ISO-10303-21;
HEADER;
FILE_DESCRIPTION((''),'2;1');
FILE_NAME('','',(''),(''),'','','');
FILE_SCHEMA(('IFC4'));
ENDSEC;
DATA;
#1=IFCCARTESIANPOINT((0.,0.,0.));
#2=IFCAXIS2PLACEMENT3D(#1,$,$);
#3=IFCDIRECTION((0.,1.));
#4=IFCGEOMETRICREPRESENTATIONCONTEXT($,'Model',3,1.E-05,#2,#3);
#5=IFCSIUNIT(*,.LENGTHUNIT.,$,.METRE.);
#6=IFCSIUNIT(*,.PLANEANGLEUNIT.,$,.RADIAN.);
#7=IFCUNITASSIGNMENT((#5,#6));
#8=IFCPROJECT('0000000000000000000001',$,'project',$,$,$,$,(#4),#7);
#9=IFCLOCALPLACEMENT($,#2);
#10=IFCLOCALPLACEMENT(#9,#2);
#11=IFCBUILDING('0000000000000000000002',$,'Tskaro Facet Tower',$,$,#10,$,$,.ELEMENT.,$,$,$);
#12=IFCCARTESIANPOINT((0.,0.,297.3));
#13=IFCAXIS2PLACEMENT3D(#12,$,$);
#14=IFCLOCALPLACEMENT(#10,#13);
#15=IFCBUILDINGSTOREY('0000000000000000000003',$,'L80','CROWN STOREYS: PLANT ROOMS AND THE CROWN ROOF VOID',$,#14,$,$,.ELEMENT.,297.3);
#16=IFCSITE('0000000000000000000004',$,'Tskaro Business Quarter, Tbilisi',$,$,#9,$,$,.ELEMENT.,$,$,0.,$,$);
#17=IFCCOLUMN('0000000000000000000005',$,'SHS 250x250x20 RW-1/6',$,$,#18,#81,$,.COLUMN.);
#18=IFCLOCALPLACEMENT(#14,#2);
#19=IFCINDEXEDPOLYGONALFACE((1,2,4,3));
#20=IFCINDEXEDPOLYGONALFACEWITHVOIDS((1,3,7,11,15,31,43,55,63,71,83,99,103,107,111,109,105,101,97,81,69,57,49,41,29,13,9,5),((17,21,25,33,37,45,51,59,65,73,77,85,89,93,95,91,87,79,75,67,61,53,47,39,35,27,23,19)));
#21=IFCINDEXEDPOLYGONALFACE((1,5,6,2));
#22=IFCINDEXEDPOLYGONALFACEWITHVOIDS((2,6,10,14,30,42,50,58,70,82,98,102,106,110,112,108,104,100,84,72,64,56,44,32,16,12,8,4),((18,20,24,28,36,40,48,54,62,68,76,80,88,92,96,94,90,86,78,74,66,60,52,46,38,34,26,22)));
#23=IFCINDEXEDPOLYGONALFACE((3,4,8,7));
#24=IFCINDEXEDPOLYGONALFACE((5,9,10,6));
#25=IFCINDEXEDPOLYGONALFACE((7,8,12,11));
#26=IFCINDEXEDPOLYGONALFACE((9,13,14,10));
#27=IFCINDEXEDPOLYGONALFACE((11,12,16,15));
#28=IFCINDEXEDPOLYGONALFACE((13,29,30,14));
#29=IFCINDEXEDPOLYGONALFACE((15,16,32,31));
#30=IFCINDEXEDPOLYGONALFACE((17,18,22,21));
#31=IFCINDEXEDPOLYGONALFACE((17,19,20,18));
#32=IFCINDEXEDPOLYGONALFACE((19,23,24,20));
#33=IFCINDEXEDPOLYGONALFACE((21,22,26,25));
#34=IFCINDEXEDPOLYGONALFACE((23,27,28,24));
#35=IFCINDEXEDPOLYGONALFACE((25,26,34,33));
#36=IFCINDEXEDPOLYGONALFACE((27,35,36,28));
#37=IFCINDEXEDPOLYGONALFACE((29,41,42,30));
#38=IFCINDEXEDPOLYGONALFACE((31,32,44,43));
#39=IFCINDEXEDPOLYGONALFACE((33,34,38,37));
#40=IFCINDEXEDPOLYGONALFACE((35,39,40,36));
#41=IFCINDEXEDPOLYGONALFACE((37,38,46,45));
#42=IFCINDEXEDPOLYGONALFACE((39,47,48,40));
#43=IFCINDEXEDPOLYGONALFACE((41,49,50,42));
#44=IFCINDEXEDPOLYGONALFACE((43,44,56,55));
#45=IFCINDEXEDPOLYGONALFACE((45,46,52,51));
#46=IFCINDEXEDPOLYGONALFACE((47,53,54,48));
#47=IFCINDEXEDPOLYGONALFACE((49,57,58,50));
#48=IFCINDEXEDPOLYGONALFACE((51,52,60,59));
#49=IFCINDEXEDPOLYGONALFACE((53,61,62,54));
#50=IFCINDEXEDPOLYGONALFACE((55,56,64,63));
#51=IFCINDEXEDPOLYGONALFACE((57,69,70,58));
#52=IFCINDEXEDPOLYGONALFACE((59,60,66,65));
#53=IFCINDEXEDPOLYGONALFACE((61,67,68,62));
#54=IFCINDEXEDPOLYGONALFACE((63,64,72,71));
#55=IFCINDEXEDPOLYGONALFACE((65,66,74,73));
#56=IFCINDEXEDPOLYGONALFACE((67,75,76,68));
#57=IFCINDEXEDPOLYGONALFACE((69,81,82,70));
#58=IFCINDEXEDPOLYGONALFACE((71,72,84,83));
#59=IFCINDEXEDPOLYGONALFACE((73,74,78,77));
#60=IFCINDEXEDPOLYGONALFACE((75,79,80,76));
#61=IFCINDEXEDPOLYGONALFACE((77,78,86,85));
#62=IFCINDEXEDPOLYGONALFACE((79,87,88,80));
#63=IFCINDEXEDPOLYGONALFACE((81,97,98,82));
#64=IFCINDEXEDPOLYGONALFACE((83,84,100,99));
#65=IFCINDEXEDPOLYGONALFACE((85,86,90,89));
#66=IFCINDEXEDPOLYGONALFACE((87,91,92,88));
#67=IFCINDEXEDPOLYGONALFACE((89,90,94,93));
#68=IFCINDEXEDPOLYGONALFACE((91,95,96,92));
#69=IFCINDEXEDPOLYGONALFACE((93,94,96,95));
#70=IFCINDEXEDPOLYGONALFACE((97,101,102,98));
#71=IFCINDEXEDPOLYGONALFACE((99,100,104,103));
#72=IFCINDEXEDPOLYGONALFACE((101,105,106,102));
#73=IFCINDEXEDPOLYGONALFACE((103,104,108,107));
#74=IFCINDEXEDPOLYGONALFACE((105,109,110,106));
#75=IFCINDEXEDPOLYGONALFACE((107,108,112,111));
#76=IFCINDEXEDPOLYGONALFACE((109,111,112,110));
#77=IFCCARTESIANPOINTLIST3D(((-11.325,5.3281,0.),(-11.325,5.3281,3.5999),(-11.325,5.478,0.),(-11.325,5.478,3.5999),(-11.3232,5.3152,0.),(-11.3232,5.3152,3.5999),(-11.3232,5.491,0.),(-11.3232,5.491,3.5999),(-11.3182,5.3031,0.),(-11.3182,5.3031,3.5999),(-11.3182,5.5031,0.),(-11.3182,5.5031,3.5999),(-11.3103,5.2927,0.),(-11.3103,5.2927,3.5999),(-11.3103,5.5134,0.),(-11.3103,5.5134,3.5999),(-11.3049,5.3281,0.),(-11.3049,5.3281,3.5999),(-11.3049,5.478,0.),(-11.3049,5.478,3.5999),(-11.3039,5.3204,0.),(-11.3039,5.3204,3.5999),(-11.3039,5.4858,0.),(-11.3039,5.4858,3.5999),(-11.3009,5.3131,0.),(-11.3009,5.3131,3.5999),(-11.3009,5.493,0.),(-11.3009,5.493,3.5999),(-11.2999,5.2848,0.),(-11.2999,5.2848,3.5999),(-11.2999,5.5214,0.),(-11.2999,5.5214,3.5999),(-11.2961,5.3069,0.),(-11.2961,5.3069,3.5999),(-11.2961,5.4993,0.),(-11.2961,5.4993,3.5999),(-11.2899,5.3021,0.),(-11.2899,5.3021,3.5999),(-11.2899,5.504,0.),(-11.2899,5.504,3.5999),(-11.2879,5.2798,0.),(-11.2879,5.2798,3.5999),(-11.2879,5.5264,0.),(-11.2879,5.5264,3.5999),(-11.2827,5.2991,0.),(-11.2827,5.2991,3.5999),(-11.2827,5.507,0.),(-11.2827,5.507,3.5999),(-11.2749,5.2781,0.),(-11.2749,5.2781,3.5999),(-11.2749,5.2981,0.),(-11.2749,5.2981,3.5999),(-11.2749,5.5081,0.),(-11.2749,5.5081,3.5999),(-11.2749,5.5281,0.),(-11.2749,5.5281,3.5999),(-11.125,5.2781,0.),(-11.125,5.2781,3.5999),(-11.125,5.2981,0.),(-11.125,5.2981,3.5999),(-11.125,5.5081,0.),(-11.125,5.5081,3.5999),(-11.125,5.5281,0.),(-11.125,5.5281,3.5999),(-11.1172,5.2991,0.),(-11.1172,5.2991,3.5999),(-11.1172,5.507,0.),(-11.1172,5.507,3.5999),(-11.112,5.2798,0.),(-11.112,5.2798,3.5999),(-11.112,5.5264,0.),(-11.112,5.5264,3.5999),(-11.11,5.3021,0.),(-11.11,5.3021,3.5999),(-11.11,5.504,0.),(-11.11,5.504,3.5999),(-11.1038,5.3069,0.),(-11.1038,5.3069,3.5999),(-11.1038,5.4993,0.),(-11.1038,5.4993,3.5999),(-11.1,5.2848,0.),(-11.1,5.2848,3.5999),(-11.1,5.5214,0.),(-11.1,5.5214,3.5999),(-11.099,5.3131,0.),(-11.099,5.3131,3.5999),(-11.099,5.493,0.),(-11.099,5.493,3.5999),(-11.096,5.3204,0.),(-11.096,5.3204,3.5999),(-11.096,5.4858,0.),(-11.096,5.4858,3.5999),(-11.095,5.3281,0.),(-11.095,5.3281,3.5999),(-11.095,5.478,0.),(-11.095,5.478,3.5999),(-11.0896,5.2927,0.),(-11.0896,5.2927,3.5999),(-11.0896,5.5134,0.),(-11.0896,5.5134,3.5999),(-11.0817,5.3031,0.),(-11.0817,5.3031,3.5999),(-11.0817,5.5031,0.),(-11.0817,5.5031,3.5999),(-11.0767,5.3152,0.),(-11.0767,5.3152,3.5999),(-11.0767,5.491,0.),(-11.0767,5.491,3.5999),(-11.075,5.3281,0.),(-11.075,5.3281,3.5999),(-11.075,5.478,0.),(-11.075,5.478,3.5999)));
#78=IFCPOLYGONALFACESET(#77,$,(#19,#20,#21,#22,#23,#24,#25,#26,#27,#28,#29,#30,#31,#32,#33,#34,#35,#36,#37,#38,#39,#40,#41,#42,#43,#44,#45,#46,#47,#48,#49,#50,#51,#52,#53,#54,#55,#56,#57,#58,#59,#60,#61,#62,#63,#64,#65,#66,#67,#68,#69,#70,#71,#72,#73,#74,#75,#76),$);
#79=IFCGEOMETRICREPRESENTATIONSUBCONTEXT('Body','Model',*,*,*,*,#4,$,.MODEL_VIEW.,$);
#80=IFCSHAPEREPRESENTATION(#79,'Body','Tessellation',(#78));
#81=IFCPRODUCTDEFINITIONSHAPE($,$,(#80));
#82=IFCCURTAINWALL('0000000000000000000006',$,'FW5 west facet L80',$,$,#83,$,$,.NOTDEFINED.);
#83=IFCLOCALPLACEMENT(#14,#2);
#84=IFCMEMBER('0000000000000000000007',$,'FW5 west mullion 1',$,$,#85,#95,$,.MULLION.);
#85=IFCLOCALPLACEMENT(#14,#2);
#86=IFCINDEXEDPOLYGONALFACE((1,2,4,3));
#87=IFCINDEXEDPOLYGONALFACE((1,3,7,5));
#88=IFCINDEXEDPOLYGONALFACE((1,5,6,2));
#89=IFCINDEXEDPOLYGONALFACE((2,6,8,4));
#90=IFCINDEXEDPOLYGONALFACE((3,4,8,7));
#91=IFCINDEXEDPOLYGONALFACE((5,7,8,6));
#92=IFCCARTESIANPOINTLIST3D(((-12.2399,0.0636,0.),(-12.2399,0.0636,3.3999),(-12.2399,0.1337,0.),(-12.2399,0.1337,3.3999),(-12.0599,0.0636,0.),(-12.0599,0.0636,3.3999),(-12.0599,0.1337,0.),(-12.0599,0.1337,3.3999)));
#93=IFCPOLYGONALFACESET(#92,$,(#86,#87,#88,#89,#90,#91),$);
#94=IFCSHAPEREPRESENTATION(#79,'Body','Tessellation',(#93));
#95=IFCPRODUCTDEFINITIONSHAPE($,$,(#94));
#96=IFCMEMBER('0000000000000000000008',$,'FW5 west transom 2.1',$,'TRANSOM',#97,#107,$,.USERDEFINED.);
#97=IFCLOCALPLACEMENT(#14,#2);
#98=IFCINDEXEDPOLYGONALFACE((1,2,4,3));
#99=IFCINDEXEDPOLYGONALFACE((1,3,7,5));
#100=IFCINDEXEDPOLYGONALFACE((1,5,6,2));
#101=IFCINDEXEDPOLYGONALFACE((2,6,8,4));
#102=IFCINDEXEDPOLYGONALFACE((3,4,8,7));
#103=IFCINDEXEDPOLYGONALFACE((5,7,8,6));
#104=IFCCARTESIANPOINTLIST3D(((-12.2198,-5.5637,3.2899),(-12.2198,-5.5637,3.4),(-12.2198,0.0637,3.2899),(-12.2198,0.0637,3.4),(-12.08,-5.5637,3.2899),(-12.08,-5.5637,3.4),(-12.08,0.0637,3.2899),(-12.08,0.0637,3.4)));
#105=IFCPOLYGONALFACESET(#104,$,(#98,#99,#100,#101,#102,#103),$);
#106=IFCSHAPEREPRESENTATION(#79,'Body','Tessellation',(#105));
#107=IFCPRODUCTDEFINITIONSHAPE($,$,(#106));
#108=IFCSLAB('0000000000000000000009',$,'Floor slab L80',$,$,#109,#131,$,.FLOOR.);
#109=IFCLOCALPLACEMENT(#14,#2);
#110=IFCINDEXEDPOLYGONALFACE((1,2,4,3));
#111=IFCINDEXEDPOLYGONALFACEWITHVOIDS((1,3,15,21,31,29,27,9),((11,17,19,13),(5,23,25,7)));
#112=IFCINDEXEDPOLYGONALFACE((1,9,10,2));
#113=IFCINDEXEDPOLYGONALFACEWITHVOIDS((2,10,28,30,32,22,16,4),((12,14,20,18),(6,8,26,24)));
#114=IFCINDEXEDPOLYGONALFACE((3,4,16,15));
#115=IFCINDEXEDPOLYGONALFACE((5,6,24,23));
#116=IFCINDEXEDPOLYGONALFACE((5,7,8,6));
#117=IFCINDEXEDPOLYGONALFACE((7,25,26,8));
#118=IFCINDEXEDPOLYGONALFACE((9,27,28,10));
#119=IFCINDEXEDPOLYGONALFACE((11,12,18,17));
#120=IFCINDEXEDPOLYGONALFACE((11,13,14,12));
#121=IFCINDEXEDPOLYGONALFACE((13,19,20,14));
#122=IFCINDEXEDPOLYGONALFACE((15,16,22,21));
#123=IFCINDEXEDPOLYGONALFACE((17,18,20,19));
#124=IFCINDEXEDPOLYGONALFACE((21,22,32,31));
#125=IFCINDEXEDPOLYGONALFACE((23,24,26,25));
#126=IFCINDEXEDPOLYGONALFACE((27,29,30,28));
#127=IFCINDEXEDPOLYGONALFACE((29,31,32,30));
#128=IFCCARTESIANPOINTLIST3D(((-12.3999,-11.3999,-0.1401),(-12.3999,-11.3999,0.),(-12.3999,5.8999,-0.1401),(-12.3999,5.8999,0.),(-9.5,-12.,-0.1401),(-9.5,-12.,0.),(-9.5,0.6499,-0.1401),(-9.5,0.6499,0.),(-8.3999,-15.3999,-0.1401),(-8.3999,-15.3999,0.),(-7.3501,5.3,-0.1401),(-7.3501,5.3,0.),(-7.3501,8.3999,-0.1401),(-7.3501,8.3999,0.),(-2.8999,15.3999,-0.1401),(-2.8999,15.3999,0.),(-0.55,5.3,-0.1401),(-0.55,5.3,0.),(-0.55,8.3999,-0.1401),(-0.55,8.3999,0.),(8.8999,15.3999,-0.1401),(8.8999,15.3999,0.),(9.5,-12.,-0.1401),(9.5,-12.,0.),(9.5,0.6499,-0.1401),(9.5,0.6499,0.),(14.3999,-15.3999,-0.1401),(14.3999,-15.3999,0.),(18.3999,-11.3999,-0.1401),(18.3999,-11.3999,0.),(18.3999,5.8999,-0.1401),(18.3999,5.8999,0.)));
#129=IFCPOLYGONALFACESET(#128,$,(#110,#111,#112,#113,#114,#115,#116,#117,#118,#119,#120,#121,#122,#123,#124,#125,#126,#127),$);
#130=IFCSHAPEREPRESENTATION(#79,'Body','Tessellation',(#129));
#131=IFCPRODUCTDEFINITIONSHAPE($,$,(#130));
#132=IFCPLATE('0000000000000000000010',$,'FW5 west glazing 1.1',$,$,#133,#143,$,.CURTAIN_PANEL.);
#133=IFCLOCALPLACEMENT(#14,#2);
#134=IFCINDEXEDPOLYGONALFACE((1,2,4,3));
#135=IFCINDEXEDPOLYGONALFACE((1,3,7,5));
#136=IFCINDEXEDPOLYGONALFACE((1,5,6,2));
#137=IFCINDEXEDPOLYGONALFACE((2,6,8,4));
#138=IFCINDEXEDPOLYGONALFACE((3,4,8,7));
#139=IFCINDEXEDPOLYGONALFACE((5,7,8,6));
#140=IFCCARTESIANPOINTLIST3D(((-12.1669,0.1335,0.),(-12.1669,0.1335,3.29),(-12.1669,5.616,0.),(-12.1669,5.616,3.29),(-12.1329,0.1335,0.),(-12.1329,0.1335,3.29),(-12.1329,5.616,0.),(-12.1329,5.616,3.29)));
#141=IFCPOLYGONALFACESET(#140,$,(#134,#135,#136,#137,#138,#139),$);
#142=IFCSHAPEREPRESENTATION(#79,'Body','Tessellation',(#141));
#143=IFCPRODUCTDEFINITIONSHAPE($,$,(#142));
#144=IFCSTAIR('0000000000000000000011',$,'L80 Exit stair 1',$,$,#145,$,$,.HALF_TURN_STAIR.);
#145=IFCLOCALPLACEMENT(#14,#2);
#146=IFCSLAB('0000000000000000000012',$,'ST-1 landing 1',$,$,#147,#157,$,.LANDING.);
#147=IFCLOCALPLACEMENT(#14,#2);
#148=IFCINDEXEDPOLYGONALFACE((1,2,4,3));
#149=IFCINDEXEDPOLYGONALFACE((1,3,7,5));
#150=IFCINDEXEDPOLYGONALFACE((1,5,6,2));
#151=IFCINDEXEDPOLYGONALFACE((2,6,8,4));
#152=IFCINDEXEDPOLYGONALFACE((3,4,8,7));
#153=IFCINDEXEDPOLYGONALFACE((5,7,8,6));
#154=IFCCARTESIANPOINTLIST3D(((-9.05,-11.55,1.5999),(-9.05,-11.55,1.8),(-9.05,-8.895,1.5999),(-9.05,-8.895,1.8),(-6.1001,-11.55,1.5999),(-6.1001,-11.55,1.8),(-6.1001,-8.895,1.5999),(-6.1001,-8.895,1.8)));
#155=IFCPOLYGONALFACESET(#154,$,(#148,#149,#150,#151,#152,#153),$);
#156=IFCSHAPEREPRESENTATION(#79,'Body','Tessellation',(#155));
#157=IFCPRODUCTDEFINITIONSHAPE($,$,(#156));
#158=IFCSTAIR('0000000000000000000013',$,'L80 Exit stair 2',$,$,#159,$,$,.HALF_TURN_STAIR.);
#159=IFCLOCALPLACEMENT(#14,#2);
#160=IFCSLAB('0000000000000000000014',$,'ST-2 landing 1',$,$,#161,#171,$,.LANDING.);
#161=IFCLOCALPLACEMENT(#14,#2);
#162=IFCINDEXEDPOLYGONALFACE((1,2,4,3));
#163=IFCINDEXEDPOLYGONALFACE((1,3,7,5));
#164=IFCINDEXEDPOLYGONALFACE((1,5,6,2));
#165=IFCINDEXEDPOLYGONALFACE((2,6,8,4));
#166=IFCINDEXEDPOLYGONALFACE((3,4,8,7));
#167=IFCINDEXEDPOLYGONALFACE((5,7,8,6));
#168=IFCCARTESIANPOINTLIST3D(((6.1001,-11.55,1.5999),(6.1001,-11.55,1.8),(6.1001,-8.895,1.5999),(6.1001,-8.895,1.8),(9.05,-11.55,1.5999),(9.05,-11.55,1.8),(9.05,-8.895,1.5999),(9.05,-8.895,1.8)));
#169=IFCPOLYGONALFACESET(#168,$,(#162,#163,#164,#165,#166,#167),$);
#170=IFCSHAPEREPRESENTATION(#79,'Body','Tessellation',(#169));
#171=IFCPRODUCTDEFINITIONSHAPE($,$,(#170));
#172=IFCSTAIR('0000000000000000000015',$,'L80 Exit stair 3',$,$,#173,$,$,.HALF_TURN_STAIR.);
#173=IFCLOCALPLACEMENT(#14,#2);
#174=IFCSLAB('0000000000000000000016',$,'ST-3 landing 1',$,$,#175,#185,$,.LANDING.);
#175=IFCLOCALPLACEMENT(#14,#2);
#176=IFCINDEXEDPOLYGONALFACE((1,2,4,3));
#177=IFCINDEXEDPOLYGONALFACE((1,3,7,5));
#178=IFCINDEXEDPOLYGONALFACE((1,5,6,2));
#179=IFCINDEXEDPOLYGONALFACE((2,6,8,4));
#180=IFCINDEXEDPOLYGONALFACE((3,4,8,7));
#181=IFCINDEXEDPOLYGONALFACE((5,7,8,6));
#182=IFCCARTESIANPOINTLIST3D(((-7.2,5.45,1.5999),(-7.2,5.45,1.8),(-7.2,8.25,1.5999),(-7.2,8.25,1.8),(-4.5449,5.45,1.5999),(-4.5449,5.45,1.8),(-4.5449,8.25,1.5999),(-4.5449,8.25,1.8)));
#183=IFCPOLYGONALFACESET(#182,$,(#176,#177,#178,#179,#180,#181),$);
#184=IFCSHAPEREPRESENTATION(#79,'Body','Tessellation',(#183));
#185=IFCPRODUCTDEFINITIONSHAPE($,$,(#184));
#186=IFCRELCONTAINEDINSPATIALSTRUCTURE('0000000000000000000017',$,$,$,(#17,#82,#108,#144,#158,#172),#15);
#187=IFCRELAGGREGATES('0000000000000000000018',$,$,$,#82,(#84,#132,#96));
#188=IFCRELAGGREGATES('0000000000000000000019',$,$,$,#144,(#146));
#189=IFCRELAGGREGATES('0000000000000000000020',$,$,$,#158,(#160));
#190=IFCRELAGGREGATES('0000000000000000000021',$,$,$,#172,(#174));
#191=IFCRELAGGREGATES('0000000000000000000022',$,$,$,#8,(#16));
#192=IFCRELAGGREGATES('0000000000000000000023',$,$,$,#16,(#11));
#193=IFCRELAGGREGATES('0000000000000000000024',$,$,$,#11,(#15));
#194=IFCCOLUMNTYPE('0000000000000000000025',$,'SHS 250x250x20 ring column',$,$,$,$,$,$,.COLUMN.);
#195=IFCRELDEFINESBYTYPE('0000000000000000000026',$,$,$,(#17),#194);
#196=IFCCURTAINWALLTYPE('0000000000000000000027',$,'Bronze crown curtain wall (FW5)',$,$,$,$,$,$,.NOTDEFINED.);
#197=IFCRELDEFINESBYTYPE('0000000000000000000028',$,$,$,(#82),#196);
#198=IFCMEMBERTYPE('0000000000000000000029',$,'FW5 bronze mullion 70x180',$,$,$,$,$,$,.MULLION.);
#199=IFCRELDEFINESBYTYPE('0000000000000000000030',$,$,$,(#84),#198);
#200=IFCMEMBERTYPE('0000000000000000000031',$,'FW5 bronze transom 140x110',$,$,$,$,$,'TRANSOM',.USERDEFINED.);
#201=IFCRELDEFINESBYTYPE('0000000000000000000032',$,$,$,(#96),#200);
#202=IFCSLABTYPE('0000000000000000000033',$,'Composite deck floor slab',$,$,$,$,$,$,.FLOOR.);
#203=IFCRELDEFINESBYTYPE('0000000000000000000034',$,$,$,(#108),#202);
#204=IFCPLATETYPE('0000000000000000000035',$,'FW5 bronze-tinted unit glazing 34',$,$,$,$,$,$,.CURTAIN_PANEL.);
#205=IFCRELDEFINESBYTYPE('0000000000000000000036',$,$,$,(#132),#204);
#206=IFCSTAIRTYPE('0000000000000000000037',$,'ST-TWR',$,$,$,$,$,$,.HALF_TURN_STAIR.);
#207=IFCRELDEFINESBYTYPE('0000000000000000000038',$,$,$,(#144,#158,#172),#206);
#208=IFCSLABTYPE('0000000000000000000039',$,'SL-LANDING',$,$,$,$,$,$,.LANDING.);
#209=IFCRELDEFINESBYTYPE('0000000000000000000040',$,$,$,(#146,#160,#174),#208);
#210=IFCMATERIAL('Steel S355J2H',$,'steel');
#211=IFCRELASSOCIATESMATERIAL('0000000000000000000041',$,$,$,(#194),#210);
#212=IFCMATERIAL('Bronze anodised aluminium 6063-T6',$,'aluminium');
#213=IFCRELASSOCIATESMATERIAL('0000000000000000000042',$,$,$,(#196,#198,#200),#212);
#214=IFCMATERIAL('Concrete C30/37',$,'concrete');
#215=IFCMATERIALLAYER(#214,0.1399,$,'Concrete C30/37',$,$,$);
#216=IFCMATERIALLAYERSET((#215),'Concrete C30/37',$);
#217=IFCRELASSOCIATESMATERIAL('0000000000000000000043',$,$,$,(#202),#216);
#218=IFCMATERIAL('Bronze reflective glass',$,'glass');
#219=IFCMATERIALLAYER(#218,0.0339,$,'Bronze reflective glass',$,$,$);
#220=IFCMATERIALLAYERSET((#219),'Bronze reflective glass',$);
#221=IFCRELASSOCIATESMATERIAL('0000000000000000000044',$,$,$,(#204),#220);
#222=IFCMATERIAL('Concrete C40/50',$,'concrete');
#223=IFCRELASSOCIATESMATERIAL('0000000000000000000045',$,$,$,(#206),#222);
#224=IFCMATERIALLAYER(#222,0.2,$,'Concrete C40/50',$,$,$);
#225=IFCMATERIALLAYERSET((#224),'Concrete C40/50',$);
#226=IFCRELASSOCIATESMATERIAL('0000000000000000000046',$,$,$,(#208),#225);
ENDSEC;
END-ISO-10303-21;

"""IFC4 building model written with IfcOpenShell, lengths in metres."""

from ifc_helpers import new_model, si_unit, direction, frame, origin, origin_2d, place, context, subcontext, project, spatial, polyline, rectangle, hollow_rectangle, outline, extrude, material, layer, layer_set, material_profile, profile_set, type_object, element, aggregate, save


model = new_model("IFC4")

# Units and contexts
model_context = context("Model", 3, precision=1e-05, world=origin(), true_north=direction((0.0, 1.0)))
body_context = subcontext(model_context, "Body", "Model", "MODEL_VIEW")
ifc_project = project(units=[si_unit("LENGTHUNIT", "METRE"), si_unit("PLANEANGLEUNIT", "RADIAN")], contexts=[model_context])

# Site, building, storey
site_placement = place(None, origin())
site = spatial("IfcSite", under=ifc_project, at=site_placement, Name="Tskaro Business Quarter, Tbilisi", CompositionType="ELEMENT", RefElevation=0.0)
building_placement = place(site_placement, origin())
building = spatial("IfcBuilding", under=site, at=building_placement, Name="Tskaro Facet Tower", CompositionType="ELEMENT")
storey_placement = place(building_placement, frame((0.0, 0.0, 297.3)))
storey = spatial("IfcBuildingStorey", under=building, at=storey_placement, Name="L80", Description="CROWN STOREYS: PLANT ROOMS AND THE CROWN ROOF VOID", CompositionType="ELEMENT", Elevation=297.3)

# Column
ifc_material_1 = material(Name="Steel S355J2H", Category="steel")
ifc_material_profile_1 = material_profile(ifc_material_1, hollow_rectangle(XDim=0.25, YDim=0.25, WallThickness=0.02, InnerFilletRadius=0.03, OuterFilletRadius=0.05, at=origin_2d()), Name="SHS 250x250x20")
ifc_profile_set_1 = profile_set([ifc_material_profile_1], Name="Steel S355J2H")
column_type = type_object("IfcColumnType", Name="SHS 250x250x20 ring column", PredefinedType="COLUMN", material=ifc_profile_set_1)
column_placement = place(storey_placement, frame((-11.2, 5.4031, 0.0), z_axis=(0.0, 0.0, 1.0), x_axis=(1.0, 0.0, 0.0)))
element("IfcColumn", 1, at=column_placement, inside=storey, type_object=column_type, Name="SHS 250x250x20 RW-1/6", PredefinedType="COLUMN", context=body_context, shape_type="SweptSolid", body=[
    extrude(hollow_rectangle(XDim=0.25, YDim=0.25, WallThickness=0.02, InnerFilletRadius=0.03, OuterFilletRadius=0.05, at=origin_2d()), origin(), (0.0, 0.0, 1.0), 3.5999),
])

# Curtain wall, members
ifc_material_2 = material(Name="Bronze anodised aluminium 6063-T6", Category="aluminium")
curtain_wall_type = type_object("IfcCurtainWallType", Name="Bronze crown curtain wall (FW5)", PredefinedType="NOTDEFINED", material=ifc_material_2)
curtain_wall_placement = place(storey_placement, origin())
curtain_wall = element("IfcCurtainWall", 2, at=curtain_wall_placement, inside=storey, type_object=curtain_wall_type, Name="FW5 west facet L80", PredefinedType="NOTDEFINED")
ifc_material_profile_2 = material_profile(ifc_material_2, rectangle(XDim=0.0701, YDim=0.1799, at=origin_2d()), Name="Mullion 70x180")
ifc_profile_set_2 = profile_set([ifc_material_profile_2], Name="Bronze anodised aluminium 6063-T6")
member_type_1 = type_object("IfcMemberType", Name="FW5 bronze mullion 70x180", PredefinedType="MULLION", material=ifc_profile_set_2)
member_1_placement = place(storey_placement, frame((-12.1499, 0.0986, 0.0), z_axis=(0.0, 0.0, 1.0), x_axis=(0.0, -1.0, 0.0)))
member_1 = element("IfcMember", 3, at=member_1_placement, type_object=member_type_1, Name="FW5 west mullion 1", PredefinedType="MULLION", context=body_context, shape_type="SweptSolid", body=[
    extrude(rectangle(XDim=0.0701, YDim=0.1799, at=origin_2d()), origin(), (0.0, 0.0, 1.0), 3.3999),
])
ifc_material_profile_3 = material_profile(ifc_material_2, rectangle(XDim=0.1399, YDim=0.1101, at=origin_2d()), Name="Transom 140x110")
ifc_profile_set_3 = profile_set([ifc_material_profile_3], Name="Bronze anodised aluminium 6063-T6")
member_type_2 = type_object("IfcMemberType", Name="FW5 bronze transom 140x110", ElementType="TRANSOM", PredefinedType="USERDEFINED", material=ifc_profile_set_3)
member_2_placement = place(storey_placement, frame((-12.1499, 0.0637, 3.345), z_axis=(0.0, -1.0, 0.0), x_axis=(1.0, 0.0, 0.0)))
member_2 = element("IfcMember", 4, at=member_2_placement, type_object=member_type_2, Name="FW5 west transom 2.1", ObjectType="TRANSOM", PredefinedType="USERDEFINED", context=body_context, shape_type="SweptSolid", body=[
    extrude(rectangle(XDim=0.1399, YDim=0.1101, at=origin_2d()), origin(), (0.0, 0.0, 1.0), 5.6274),
])

# Slab
ifc_material_3 = material(Name="Concrete C30/37", Category="concrete")
ifc_layer_1 = layer(ifc_material_3, 0.1399, Name="Concrete C30/37")
ifc_layer_set_1 = layer_set([ifc_layer_1], Name="Concrete C30/37")
slab_type_1 = type_object("IfcSlabType", Name="Composite deck floor slab", PredefinedType="FLOOR", material=ifc_layer_set_1)
slab_1_placement = place(storey_placement, frame((0.0, 0.0, -0.1401)))
element("IfcSlab", 5, at=slab_1_placement, inside=storey, type_object=slab_type_1, Name="Floor slab L80", PredefinedType="FLOOR", context=body_context, shape_type="SweptSolid", body=[
    extrude(outline(polyline([(-12.3999, 5.8999), (-2.8999, 15.3999), (8.8999, 15.3999), (18.3999, 5.8999), (18.3999, -11.3999), (14.3999, -15.3999), (-8.3999, -15.3999), (-12.3999, -11.3999), (-12.3999, 5.8999)]), holes=[polyline([(9.5, 0.6499), (-9.5, 0.6499), (-9.5, -12.0), (9.5, -12.0), (9.5, 0.6499)]), polyline([(-0.55, 5.3), (-0.55, 8.3999), (-7.3501, 8.3999), (-7.3501, 5.3), (-0.55, 5.3)])]), origin(), (0.0, 0.0, 1.0), 0.1401),
])

# Plate
ifc_material_4 = material(Name="Bronze reflective glass", Category="glass")
ifc_layer_2 = layer(ifc_material_4, 0.0339, Name="Bronze reflective glass")
ifc_layer_set_2 = layer_set([ifc_layer_2], Name="Bronze reflective glass")
plate_type = type_object("IfcPlateType", Name="FW5 bronze-tinted unit glazing 34", PredefinedType="CURTAIN_PANEL", material=ifc_layer_set_2)
plate_placement = place(storey_placement, frame((-12.1499, 2.8748, 0.0), z_axis=(0.0, 0.0, 1.0), x_axis=(0.0, -1.0, 0.0)))
plate = element("IfcPlate", 6, at=plate_placement, type_object=plate_type, Name="FW5 west glazing 1.1", PredefinedType="CURTAIN_PANEL", context=body_context, shape_type="SweptSolid", body=[
    extrude(rectangle(XDim=5.4824, YDim=0.0339, at=origin_2d()), origin(), (0.0, 0.0, 1.0), 3.29),
])
aggregate(curtain_wall, [member_1, plate, member_2])

# Stairs, slabs
ifc_material_5 = material(Name="Concrete C40/50", Category="concrete")
stair_type = type_object("IfcStairType", Name="ST-TWR", PredefinedType="HALF_TURN_STAIR", material=ifc_material_5)
stair_1_placement = place(storey_placement, origin())
stair_1 = element("IfcStair", 7, at=stair_1_placement, inside=storey, type_object=stair_type, Name="L80 Exit stair 1", PredefinedType="HALF_TURN_STAIR")
ifc_layer_3 = layer(ifc_material_5, 0.2, Name="Concrete C40/50")
ifc_layer_set_3 = layer_set([ifc_layer_3], Name="Concrete C40/50")
slab_type_2 = type_object("IfcSlabType", Name="SL-LANDING", PredefinedType="LANDING", material=ifc_layer_set_3)
slab_2_placement = place(storey_placement, frame((0.0, 0.0, 1.5999)))
slab_2 = element("IfcSlab", 8, at=slab_2_placement, type_object=slab_type_2, Name="ST-1 landing 1", PredefinedType="LANDING", context=body_context, shape_type="SweptSolid", body=[
    extrude(outline(polyline([(-9.05, -11.55), (-6.1001, -11.55), (-6.1001, -8.895), (-9.05, -8.895), (-9.05, -11.55)])), origin(), (0.0, 0.0, 1.0), 0.2002),
])
aggregate(stair_1, [slab_2])
stair_2_placement = place(storey_placement, origin())
stair_2 = element("IfcStair", 9, at=stair_2_placement, inside=storey, type_object=stair_type, Name="L80 Exit stair 2", PredefinedType="HALF_TURN_STAIR")
slab_3_placement = place(storey_placement, frame((0.0, 0.0, 1.5999)))
slab_3 = element("IfcSlab", 10, at=slab_3_placement, type_object=slab_type_2, Name="ST-2 landing 1", PredefinedType="LANDING", context=body_context, shape_type="SweptSolid", body=[
    extrude(outline(polyline([(6.1001, -11.55), (9.05, -11.55), (9.05, -8.895), (6.1001, -8.895), (6.1001, -11.55)])), origin(), (0.0, 0.0, 1.0), 0.2002),
])
aggregate(stair_2, [slab_3])
stair_3_placement = place(storey_placement, origin())
stair_3 = element("IfcStair", 11, at=stair_3_placement, inside=storey, type_object=stair_type, Name="L80 Exit stair 3", PredefinedType="HALF_TURN_STAIR")
slab_4_placement = place(storey_placement, frame((0.0, 0.0, 1.5999)))
slab_4 = element("IfcSlab", 12, at=slab_4_placement, type_object=slab_type_2, Name="ST-3 landing 1", PredefinedType="LANDING", context=body_context, shape_type="SweptSolid", body=[
    extrude(outline(polyline([(-7.2, 5.45), (-4.5449, 5.45), (-4.5449, 8.25), (-7.2, 8.25), (-7.2, 5.45)])), origin(), (0.0, 0.0, 1.0), 0.2002),
])
aggregate(stair_3, [slab_4])

save(model, "model.ifc")
